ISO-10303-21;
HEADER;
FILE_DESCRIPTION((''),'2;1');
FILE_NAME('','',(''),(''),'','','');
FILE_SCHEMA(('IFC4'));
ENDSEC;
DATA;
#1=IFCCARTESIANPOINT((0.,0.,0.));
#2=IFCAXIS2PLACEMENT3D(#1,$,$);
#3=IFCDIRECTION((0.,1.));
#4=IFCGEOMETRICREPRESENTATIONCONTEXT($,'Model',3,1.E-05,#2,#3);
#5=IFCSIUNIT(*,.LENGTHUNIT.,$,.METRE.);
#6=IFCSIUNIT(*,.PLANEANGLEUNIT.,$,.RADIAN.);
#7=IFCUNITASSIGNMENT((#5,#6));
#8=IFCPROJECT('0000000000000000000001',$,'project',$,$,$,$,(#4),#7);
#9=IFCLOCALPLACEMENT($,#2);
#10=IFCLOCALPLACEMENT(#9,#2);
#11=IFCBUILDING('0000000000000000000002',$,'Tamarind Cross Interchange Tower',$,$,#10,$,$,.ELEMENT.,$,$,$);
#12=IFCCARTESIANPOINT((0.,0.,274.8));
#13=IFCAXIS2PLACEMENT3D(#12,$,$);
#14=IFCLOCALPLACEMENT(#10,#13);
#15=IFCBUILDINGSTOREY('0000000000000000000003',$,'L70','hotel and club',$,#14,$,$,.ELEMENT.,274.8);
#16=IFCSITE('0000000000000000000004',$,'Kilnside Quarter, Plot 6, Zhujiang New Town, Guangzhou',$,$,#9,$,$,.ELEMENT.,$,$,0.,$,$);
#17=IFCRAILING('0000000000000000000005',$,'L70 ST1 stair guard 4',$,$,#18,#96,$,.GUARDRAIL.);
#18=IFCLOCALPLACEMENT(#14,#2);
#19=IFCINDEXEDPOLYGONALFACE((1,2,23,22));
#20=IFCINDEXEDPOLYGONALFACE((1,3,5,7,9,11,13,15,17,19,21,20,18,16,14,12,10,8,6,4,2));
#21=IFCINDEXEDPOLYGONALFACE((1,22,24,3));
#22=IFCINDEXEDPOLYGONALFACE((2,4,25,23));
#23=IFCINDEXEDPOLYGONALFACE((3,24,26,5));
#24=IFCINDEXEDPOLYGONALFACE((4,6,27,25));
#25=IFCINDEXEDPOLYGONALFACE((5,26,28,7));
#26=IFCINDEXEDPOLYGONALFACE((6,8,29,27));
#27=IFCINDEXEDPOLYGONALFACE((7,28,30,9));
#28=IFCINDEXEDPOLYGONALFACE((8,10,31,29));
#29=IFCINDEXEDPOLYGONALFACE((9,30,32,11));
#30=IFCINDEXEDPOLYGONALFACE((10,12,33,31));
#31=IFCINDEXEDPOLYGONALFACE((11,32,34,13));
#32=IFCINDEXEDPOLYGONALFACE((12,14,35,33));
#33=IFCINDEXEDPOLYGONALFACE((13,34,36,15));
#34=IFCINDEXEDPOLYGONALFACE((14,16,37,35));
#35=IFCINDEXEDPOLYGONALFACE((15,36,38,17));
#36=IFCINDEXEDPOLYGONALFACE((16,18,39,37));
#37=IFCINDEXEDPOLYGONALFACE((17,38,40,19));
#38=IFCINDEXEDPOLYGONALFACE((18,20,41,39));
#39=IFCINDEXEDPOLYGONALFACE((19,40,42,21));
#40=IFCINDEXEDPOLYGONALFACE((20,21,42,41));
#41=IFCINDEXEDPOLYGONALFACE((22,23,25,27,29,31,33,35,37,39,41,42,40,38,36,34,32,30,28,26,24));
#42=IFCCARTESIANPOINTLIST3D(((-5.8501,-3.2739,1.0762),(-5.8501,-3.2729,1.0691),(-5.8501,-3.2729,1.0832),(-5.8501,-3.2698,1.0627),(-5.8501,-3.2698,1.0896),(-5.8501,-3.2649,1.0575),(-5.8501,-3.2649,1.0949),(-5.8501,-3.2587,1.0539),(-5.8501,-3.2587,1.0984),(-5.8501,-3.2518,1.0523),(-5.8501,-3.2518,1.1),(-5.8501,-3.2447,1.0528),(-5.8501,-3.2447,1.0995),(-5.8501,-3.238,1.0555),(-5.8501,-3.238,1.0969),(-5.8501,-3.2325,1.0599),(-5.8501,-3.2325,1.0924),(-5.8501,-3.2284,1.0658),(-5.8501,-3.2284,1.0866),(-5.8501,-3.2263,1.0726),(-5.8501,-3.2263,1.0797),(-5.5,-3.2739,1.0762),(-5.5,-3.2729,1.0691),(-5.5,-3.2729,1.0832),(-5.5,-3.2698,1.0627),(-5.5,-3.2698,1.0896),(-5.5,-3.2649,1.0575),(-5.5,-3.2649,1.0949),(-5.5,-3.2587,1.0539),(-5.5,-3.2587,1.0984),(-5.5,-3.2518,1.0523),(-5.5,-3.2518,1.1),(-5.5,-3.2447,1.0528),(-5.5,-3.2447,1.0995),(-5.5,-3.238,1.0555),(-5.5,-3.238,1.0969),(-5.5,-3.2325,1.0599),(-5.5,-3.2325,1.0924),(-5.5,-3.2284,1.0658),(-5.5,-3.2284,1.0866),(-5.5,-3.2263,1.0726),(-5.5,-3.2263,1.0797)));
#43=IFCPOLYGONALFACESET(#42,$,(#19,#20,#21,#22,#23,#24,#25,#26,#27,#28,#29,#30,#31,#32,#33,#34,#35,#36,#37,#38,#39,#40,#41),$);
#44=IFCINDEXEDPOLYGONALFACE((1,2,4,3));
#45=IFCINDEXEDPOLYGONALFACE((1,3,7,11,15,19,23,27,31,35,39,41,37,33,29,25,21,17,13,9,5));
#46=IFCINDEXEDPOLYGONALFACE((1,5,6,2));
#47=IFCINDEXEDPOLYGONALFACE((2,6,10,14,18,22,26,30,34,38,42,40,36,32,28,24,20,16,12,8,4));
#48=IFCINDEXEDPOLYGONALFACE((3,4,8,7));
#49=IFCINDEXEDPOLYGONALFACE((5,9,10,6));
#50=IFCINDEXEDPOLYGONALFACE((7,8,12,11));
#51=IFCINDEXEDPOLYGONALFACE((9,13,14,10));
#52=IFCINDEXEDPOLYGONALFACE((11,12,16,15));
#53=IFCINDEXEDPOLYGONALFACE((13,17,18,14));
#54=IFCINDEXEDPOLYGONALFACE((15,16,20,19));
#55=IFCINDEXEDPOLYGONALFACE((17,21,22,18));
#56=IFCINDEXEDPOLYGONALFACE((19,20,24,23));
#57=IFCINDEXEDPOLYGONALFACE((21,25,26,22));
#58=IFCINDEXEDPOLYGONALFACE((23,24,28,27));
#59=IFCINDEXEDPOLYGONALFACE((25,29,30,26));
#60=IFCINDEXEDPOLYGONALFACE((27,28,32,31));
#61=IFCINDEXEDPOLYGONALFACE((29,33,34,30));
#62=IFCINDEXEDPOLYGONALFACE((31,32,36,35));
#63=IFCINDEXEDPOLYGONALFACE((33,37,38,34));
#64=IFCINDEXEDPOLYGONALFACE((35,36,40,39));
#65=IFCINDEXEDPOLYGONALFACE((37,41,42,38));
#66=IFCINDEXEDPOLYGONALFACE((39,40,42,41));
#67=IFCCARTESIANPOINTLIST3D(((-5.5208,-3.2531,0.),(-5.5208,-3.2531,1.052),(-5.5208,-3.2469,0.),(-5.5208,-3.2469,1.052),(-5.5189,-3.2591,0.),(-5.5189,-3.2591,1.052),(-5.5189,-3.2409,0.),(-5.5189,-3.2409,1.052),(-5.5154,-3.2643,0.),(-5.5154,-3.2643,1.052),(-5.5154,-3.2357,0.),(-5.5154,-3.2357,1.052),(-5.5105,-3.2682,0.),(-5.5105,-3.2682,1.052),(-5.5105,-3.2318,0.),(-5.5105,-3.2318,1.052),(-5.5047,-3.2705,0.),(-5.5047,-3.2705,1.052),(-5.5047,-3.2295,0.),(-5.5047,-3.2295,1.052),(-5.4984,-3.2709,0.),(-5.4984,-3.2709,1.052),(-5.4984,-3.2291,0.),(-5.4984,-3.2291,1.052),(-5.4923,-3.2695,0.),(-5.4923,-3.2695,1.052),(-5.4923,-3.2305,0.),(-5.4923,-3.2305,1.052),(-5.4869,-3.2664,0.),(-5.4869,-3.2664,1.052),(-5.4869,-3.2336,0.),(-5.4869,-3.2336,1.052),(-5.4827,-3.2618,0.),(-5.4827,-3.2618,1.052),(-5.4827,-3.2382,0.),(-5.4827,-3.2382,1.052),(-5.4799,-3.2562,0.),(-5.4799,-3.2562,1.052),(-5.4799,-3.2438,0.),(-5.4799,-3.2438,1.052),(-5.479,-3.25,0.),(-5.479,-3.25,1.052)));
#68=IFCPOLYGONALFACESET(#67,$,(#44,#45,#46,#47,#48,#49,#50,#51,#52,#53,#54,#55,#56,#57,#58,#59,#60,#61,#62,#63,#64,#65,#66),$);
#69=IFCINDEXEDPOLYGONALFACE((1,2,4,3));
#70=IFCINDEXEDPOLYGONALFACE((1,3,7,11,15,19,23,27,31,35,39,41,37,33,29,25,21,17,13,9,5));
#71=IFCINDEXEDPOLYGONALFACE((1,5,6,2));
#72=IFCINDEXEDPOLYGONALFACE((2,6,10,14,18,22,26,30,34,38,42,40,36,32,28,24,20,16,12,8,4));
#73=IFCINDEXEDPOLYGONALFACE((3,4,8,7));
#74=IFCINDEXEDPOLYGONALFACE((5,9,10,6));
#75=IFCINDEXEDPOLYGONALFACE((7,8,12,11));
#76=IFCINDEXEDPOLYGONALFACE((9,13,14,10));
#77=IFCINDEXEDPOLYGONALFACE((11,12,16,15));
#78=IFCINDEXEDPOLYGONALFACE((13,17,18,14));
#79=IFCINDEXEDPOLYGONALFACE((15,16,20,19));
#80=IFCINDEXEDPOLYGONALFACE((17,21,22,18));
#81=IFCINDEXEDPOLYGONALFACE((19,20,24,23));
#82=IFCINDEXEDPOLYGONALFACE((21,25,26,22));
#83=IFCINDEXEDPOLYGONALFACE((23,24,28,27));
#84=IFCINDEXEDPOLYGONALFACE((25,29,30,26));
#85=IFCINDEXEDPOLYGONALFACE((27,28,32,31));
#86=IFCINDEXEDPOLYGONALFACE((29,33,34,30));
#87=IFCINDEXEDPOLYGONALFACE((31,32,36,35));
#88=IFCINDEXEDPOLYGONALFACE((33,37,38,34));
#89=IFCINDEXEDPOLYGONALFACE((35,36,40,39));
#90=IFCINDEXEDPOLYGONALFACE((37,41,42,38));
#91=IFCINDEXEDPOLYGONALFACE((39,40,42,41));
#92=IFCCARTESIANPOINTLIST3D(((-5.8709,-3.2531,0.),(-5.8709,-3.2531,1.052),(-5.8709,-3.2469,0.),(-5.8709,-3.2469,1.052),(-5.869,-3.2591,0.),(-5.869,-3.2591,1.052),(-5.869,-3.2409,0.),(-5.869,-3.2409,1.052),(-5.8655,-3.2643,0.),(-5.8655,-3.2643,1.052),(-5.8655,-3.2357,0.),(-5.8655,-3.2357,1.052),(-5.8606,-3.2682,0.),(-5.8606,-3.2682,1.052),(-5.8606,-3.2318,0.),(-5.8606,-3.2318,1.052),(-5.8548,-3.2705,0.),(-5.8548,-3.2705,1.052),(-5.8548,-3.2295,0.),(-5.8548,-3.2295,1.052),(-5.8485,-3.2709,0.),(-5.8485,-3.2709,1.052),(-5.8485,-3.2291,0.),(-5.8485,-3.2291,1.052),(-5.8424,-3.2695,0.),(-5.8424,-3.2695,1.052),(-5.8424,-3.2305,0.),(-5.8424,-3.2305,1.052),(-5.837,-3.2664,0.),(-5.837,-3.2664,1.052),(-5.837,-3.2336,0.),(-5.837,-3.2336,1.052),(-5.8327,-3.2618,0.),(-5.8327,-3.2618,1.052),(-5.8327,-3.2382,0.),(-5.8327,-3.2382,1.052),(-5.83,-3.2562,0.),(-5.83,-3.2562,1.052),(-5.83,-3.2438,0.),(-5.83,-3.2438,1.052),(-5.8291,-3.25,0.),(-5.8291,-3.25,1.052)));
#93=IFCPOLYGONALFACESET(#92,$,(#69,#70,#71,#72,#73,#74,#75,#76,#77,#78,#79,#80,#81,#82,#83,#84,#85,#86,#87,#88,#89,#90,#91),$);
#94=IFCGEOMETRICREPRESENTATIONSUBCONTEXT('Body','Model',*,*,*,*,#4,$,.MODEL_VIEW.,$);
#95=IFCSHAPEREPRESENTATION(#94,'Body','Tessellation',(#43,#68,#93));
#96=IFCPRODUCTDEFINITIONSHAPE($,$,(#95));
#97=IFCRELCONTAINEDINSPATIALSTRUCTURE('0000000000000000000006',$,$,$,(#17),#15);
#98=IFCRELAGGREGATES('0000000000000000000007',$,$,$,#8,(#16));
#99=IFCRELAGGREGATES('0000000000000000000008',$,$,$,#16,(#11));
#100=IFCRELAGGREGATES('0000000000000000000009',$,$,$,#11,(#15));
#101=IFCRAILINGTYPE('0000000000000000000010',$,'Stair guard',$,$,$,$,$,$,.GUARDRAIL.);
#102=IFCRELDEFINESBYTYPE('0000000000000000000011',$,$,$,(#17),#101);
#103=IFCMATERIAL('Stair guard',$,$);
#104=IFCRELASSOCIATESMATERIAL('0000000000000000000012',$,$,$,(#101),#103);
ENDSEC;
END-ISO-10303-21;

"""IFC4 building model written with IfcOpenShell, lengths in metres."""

from ifc_helpers import new_model, si_unit, direction, frame, origin, origin_2d, place, context, subcontext, project, spatial, circle, extrude, material, type_object, element, save


model = new_model("IFC4")

# Units and contexts
model_context = context("Model", 3, precision=1e-05, world=origin(), true_north=direction((0.0, 1.0)))
body_context = subcontext(model_context, "Body", "Model", "MODEL_VIEW")
ifc_project = project(units=[si_unit("LENGTHUNIT", "METRE"), si_unit("PLANEANGLEUNIT", "RADIAN")], contexts=[model_context])

# Site, building, storey
site_placement = place(None, origin())
site = spatial("IfcSite", under=ifc_project, at=site_placement, Name="Kilnside Quarter, Plot 6, Zhujiang New Town, Guangzhou", CompositionType="ELEMENT", RefElevation=0.0)
building_placement = place(site_placement, origin())
building = spatial("IfcBuilding", under=site, at=building_placement, Name="Tamarind Cross Interchange Tower", CompositionType="ELEMENT")
storey_placement = place(building_placement, frame((0.0, 0.0, 274.8)))
storey = spatial("IfcBuildingStorey", under=building, at=storey_placement, Name="L70", Description="hotel and club", CompositionType="ELEMENT", Elevation=274.8)

# Railing
ifc_material_1 = material(Name="Stair guard")
railing_type_1 = type_object("IfcRailingType", Name="Stair guard", PredefinedType="GUARDRAIL", material=ifc_material_1)
railing_1_placement = place(storey_placement, frame((-5.5, -3.25, 0.0)))
element("IfcRailing", 1, at=railing_1_placement, inside=storey, type_object=railing_type_1, Name="L70 ST1 stair guard 4", PredefinedType="GUARDRAIL", context=body_context, shape_type="SweptSolid", body=[
    extrude(circle(Radius=0.0239, at=origin_2d()), frame((0.0, 0.0, 1.0762), z_axis=(-1.0, 0.0, 0.0), x_axis=(0.0, -1.0, 0.0)), (0.0, 0.0, 1.0), 0.3501),
    extrude(circle(Radius=0.021, at=origin_2d()), origin(), (0.0, 0.0, 1.0), 1.052),
    extrude(circle(Radius=0.021, at=origin_2d()), frame((-0.3501, 0.0, 0.0)), (0.0, 0.0, 1.0), 1.052),
])

save(model, "model.ifc")
